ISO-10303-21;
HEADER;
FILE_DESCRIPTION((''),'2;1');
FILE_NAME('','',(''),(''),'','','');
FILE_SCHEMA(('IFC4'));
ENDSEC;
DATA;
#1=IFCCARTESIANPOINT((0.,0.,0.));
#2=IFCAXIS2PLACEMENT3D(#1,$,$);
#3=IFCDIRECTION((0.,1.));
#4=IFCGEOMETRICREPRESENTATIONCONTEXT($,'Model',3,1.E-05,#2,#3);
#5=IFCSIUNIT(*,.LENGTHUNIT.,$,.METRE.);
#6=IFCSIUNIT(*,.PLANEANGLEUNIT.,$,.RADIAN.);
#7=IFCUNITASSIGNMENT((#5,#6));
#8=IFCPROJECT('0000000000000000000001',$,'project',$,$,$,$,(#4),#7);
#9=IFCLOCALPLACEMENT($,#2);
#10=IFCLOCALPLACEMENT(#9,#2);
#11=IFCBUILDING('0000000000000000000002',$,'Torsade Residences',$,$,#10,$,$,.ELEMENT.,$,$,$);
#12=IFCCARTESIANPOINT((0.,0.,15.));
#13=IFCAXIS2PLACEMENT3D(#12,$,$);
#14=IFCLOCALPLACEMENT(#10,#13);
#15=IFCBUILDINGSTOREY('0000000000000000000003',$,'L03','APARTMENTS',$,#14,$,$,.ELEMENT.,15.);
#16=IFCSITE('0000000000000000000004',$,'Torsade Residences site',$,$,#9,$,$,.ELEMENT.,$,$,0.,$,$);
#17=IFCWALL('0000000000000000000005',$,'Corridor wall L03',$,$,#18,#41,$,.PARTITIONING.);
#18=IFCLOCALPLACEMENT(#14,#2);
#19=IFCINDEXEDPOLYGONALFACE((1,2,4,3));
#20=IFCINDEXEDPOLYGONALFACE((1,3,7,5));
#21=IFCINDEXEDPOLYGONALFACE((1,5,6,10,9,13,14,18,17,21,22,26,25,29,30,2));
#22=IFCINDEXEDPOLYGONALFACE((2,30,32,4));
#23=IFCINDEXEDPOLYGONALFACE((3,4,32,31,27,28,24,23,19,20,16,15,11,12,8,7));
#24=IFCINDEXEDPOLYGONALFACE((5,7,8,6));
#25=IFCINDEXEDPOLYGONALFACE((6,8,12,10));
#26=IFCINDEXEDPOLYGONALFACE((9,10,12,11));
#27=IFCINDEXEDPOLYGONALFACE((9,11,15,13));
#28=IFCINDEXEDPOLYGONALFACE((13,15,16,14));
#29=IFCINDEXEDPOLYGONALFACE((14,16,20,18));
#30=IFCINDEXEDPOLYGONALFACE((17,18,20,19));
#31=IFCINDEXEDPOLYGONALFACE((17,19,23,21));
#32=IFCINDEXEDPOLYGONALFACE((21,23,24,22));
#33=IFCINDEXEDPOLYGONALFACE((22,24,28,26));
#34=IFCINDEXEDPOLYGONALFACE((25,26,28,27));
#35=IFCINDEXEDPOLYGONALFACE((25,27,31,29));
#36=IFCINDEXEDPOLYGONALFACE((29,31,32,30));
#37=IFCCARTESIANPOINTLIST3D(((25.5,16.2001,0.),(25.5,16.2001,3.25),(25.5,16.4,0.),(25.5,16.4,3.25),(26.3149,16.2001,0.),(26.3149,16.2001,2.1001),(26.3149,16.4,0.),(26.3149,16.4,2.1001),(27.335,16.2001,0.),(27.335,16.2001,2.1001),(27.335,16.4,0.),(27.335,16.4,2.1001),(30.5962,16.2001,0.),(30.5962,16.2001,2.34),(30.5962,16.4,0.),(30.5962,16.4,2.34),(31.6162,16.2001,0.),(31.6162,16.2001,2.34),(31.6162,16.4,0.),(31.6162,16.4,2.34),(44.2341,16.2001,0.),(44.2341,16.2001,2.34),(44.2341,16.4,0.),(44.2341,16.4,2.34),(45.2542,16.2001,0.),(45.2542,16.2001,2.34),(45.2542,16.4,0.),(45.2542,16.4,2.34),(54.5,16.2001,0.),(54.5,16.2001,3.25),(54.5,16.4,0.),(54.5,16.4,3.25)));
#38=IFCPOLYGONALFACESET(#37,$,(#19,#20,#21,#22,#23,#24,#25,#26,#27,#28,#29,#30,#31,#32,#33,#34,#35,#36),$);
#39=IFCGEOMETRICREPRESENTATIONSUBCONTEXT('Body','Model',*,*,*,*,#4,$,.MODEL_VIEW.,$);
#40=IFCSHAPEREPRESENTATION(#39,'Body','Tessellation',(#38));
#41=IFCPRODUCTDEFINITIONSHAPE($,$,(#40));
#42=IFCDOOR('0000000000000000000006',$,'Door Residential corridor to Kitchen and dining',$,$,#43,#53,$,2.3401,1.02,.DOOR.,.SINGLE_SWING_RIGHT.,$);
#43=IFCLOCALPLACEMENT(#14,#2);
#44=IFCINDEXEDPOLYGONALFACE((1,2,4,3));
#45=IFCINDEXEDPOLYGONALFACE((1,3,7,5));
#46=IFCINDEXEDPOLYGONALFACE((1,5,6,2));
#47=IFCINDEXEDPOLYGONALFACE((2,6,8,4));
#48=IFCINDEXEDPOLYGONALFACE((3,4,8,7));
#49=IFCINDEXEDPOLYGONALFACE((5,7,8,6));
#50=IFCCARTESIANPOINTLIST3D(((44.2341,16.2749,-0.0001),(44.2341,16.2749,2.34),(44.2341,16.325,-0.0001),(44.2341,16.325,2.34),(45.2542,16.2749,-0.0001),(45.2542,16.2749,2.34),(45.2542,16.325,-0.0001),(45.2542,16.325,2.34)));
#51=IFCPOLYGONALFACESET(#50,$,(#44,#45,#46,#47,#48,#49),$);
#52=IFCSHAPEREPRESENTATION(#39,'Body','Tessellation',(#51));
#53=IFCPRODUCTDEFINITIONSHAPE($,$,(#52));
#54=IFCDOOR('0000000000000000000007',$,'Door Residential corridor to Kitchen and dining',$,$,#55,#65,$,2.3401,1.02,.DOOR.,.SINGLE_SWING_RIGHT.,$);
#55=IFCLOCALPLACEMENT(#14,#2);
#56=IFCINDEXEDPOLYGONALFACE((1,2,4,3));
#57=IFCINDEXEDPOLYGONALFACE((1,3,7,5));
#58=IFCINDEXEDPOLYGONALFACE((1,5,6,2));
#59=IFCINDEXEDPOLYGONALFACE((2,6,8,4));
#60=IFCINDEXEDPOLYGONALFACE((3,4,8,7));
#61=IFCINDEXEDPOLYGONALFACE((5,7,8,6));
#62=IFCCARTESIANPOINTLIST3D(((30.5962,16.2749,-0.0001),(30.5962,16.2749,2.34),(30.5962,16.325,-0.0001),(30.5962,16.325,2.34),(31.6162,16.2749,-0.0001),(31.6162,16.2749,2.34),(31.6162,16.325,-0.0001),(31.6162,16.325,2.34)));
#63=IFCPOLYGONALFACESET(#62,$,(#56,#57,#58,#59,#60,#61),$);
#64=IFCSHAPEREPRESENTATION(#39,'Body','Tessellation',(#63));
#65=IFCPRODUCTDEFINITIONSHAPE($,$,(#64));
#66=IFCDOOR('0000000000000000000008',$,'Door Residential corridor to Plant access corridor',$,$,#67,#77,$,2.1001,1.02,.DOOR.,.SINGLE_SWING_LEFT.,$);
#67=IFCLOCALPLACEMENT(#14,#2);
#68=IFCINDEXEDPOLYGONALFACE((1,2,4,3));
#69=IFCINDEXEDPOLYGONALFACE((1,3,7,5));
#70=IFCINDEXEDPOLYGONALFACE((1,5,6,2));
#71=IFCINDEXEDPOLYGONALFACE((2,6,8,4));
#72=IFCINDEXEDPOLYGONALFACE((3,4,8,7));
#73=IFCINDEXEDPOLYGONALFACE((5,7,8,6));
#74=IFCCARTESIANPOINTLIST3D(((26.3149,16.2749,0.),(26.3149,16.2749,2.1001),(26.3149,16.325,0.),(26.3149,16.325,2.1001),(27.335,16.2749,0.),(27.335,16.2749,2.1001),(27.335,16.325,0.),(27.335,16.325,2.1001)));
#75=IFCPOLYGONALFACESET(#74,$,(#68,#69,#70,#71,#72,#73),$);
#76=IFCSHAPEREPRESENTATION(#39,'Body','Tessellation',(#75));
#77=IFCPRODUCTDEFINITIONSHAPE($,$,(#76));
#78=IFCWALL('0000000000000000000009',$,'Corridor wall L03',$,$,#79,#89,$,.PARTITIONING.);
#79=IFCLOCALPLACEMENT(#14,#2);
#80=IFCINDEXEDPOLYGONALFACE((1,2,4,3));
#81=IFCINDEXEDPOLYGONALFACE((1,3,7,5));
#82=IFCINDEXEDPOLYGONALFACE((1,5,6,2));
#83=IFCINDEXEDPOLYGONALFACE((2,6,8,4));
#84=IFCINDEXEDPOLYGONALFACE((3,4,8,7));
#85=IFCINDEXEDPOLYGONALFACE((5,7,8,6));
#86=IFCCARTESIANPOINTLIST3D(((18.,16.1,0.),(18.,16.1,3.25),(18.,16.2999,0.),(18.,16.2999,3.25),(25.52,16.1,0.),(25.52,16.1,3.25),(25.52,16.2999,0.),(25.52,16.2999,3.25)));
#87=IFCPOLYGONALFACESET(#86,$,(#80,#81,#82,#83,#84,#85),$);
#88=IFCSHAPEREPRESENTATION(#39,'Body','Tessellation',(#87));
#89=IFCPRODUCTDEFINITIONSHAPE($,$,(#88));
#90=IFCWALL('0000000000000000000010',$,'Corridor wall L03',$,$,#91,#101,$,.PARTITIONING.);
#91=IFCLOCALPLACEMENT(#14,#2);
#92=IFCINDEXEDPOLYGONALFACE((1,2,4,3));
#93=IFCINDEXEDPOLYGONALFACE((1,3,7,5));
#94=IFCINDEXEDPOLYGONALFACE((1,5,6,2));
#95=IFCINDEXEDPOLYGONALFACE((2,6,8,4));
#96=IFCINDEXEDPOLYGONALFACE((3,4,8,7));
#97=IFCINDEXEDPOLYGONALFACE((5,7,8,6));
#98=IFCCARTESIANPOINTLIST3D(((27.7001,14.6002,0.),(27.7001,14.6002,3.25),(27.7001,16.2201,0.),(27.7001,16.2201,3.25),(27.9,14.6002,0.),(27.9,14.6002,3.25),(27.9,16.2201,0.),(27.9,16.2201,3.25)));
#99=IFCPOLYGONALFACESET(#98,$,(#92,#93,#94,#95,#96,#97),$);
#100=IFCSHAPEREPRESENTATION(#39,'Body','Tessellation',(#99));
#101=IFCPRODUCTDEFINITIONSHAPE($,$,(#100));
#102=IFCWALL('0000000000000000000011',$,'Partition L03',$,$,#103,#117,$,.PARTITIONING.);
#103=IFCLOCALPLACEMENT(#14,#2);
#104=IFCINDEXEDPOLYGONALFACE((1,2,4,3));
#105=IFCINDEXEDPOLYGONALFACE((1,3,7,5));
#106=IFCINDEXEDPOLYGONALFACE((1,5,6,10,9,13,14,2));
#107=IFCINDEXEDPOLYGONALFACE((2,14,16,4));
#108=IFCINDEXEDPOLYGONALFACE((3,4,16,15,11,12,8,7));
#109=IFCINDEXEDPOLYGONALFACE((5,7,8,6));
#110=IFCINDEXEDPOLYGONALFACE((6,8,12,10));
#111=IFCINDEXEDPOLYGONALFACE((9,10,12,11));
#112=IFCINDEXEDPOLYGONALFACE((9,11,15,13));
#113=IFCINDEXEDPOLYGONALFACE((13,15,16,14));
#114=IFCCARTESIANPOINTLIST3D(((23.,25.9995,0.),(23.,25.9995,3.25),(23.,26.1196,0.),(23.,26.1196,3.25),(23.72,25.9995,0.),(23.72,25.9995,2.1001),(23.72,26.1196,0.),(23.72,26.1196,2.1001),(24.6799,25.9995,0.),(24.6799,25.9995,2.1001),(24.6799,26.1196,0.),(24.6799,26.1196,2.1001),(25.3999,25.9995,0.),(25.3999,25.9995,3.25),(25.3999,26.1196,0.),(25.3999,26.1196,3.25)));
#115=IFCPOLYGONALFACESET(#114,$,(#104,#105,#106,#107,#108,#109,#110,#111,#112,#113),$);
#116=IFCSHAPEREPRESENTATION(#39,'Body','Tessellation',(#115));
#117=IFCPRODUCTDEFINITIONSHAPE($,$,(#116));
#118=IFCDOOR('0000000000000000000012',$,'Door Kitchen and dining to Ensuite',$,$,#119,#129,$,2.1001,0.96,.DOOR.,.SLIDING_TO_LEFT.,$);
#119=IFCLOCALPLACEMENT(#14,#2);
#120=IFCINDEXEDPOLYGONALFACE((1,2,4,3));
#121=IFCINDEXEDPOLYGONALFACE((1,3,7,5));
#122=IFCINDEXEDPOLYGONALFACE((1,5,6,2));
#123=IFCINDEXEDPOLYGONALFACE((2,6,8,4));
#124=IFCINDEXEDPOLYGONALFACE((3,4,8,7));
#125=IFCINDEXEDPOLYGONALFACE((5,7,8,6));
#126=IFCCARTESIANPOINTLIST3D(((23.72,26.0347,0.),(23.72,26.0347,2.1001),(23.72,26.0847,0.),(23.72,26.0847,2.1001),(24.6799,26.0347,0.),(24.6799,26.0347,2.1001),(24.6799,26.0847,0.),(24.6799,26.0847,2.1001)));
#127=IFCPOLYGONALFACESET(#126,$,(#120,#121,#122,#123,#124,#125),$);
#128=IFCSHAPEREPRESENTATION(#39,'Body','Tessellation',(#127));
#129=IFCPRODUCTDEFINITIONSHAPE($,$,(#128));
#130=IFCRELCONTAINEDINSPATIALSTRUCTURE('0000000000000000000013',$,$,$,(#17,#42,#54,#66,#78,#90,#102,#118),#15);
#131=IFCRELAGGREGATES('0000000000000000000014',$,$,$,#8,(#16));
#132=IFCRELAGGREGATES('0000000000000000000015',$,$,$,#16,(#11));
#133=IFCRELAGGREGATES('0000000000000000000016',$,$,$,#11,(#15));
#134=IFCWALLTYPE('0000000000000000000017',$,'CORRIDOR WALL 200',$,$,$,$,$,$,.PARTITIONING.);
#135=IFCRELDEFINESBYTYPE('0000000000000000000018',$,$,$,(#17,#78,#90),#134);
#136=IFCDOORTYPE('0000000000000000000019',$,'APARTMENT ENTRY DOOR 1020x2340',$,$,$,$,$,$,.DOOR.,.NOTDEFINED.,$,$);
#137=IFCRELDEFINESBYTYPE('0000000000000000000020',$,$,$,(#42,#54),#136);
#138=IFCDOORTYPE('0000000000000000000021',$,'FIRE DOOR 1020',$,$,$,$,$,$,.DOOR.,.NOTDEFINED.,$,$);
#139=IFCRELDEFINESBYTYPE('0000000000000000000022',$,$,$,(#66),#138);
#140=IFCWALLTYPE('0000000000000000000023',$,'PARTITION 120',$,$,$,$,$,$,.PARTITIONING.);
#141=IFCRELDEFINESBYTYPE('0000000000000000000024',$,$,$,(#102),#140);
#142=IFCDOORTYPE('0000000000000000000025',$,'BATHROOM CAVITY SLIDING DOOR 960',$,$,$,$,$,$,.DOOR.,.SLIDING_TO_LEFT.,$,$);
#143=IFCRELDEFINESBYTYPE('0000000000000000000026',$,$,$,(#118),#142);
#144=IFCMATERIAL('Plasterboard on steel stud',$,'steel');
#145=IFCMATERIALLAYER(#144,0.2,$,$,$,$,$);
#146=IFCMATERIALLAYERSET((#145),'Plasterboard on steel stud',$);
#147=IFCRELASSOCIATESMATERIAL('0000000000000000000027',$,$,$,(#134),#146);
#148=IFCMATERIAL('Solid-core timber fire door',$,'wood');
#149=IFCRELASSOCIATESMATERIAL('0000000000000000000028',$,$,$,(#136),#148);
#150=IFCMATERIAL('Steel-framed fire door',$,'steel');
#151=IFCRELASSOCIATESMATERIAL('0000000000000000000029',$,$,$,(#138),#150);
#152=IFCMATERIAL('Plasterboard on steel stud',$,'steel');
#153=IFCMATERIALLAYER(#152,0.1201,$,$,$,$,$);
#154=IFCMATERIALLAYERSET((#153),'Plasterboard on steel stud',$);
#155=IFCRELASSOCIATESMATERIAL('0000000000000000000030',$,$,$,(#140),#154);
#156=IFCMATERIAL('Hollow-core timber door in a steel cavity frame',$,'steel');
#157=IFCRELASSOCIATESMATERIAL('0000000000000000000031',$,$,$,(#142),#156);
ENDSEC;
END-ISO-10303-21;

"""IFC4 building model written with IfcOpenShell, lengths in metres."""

from ifc_helpers import new_model, si_unit, direction, frame, frame_2d, origin, place, context, subcontext, project, spatial, rectangle, extrude, material, layer, layer_set, type_object, element, fill, save


model = new_model("IFC4")

# Units and contexts
model_context = context("Model", 3, precision=1e-05, world=origin(), true_north=direction((0.0, 1.0)))
body_context = subcontext(model_context, "Body", "Model", "MODEL_VIEW")
ifc_project = project(units=[si_unit("LENGTHUNIT", "METRE"), si_unit("PLANEANGLEUNIT", "RADIAN")], contexts=[model_context])

# Site, building, storey
site_placement = place(None, origin())
site = spatial("IfcSite", under=ifc_project, at=site_placement, Name="Torsade Residences site", CompositionType="ELEMENT", RefElevation=0.0)
building_placement = place(site_placement, origin())
building = spatial("IfcBuilding", under=site, at=building_placement, Name="Torsade Residences", CompositionType="ELEMENT")
storey_placement = place(building_placement, frame((0.0, 0.0, 15.0)))
storey = spatial("IfcBuildingStorey", under=building, at=storey_placement, Name="L03", Description="APARTMENTS", CompositionType="ELEMENT", Elevation=15.0)

# Wall, openings, doors
ifc_material_1 = material(Name="Plasterboard on steel stud", Category="steel")
ifc_layer_1 = layer(ifc_material_1, 0.2)
ifc_layer_set_1 = layer_set([ifc_layer_1], Name="Plasterboard on steel stud")
wall_type_1 = type_object("IfcWallType", Name="CORRIDOR WALL 200", PredefinedType="PARTITIONING", material=ifc_layer_set_1)
wall_1_placement = place(storey_placement, frame((25.5, 16.3, 0.0), z_axis=(0.0, 0.0, 1.0), x_axis=(1.0, 0.0, 0.0)))
wall_1 = element("IfcWall", 1, at=wall_1_placement, inside=storey, type_object=wall_type_1, Name="Corridor wall L03", PredefinedType="PARTITIONING", context=body_context, shape_type="SweptSolid", body=[
    extrude(rectangle(XDim=29.0, YDim=0.2, at=frame_2d((14.5, 0.0))), origin(), (0.0, 0.0, 1.0), 3.25),
])
opening_1_placement = place(wall_1_placement, frame((18.7341, 0.0, 0.0)))
opening_1 = element("IfcOpeningElement", 2, at=opening_1_placement, cuts=wall_1, PredefinedType="OPENING", context=body_context, shape_type="SweptSolid", body=[
    extrude(rectangle(XDim=1.02, YDim=2.3401, at=frame_2d((0.51, 1.1699))), frame((0.0, 0.1099, 0.0), z_axis=(0.0, -1.0, 0.0), x_axis=(1.0, 0.0, 0.0)), (0.0, 0.0, 1.0), 0.22),
])
opening_2_placement = place(wall_1_placement, frame((5.0962, 0.0, 0.0)))
opening_2 = element("IfcOpeningElement", 3, at=opening_2_placement, cuts=wall_1, PredefinedType="OPENING", context=body_context, shape_type="SweptSolid", body=[
    extrude(rectangle(XDim=1.02, YDim=2.3401, at=frame_2d((0.51, 1.1699))), frame((0.0, 0.1099, 0.0), z_axis=(0.0, -1.0, 0.0), x_axis=(1.0, 0.0, 0.0)), (0.0, 0.0, 1.0), 0.22),
])
opening_3_placement = place(wall_1_placement, frame((0.8149, 0.0, 0.0)))
opening_3 = element("IfcOpeningElement", 4, at=opening_3_placement, cuts=wall_1, PredefinedType="OPENING", context=body_context, shape_type="SweptSolid", body=[
    extrude(rectangle(XDim=1.02, YDim=2.1001, at=frame_2d((0.51, 1.05))), frame((0.0, 0.1099, 0.0), z_axis=(0.0, -1.0, 0.0), x_axis=(1.0, 0.0, 0.0)), (0.0, 0.0, 1.0), 0.22),
])
ifc_material_2 = material(Name="Solid-core timber fire door", Category="wood")
door_type_1 = type_object("IfcDoorType", Name="APARTMENT ENTRY DOOR 1020x2340", OperationType="NOTDEFINED", PredefinedType="DOOR", material=ifc_material_2)
door_1_placement = place(opening_1_placement, origin())
door_1 = element("IfcDoor", 5, at=door_1_placement, inside=storey, type_object=door_type_1, Name="Door Residential corridor to Kitchen and dining", OperationType="SINGLE_SWING_RIGHT", OverallHeight=2.3401, OverallWidth=1.02, PredefinedType="DOOR", context=body_context, shape_type="SweptSolid", body=[
    extrude(rectangle(XDim=1.02, YDim=2.3401, at=frame_2d((0.51, 1.1699))), frame((0.0, 0.0249, 0.0), z_axis=(0.0, -1.0, 0.0), x_axis=(1.0, 0.0, 0.0)), (0.0, 0.0, 1.0), 0.05),
])
fill(opening_1, door_1)
door_2_placement = place(opening_2_placement, origin())
door_2 = element("IfcDoor", 6, at=door_2_placement, inside=storey, type_object=door_type_1, Name="Door Residential corridor to Kitchen and dining", OperationType="SINGLE_SWING_RIGHT", OverallHeight=2.3401, OverallWidth=1.02, PredefinedType="DOOR", context=body_context, shape_type="SweptSolid", body=[
    extrude(rectangle(XDim=1.02, YDim=2.3401, at=frame_2d((0.51, 1.1699))), frame((0.0, 0.0249, 0.0), z_axis=(0.0, -1.0, 0.0), x_axis=(1.0, 0.0, 0.0)), (0.0, 0.0, 1.0), 0.05),
])
fill(opening_2, door_2)
ifc_material_3 = material(Name="Steel-framed fire door", Category="steel")
door_type_2 = type_object("IfcDoorType", Name="FIRE DOOR 1020", OperationType="NOTDEFINED", PredefinedType="DOOR", material=ifc_material_3)
door_3_placement = place(opening_3_placement, origin())
door_3 = element("IfcDoor", 7, at=door_3_placement, inside=storey, type_object=door_type_2, Name="Door Residential corridor to Plant access corridor", OperationType="SINGLE_SWING_LEFT", OverallHeight=2.1001, OverallWidth=1.02, PredefinedType="DOOR", context=body_context, shape_type="SweptSolid", body=[
    extrude(rectangle(XDim=1.02, YDim=2.1001, at=frame_2d((0.51, 1.05))), frame((0.0, 0.0249, 0.0), z_axis=(0.0, -1.0, 0.0), x_axis=(1.0, 0.0, 0.0)), (0.0, 0.0, 1.0), 0.05),
])
fill(opening_3, door_3)

# Walls
wall_2_placement = place(storey_placement, frame((25.52, 16.2, 0.0), z_axis=(0.0, 0.0, 1.0), x_axis=(-1.0, 0.0, 0.0)))
element("IfcWall", 8, at=wall_2_placement, inside=storey, type_object=wall_type_1, Name="Corridor wall L03", PredefinedType="PARTITIONING", context=body_context, shape_type="SweptSolid", body=[
    extrude(rectangle(XDim=7.52, YDim=0.2, at=frame_2d((3.76, 0.0))), origin(), (0.0, 0.0, 1.0), 3.25),
])
wall_3_placement = place(storey_placement, frame((27.8, 14.6001, 0.0), z_axis=(0.0, 0.0, 1.0), x_axis=(0.0, 1.0, 0.0)))
element("IfcWall", 9, at=wall_3_placement, inside=storey, type_object=wall_type_1, Name="Corridor wall L03", PredefinedType="PARTITIONING", context=body_context, shape_type="SweptSolid", body=[
    extrude(rectangle(XDim=1.6199, YDim=0.2, at=frame_2d((0.8101, 0.0))), origin(), (0.0, 0.0, 1.0), 3.25),
])

# Wall, opening, door
ifc_material_4 = material(Name="Plasterboard on steel stud", Category="steel")
ifc_layer_2 = layer(ifc_material_4, 0.1201)
ifc_layer_set_2 = layer_set([ifc_layer_2], Name="Plasterboard on steel stud")
wall_type_2 = type_object("IfcWallType", Name="PARTITION 120", PredefinedType="PARTITIONING", material=ifc_layer_set_2)
wall_4_placement = place(storey_placement, frame((25.3999, 26.0596, 0.0), z_axis=(0.0, 0.0, 1.0), x_axis=(-1.0, 0.0, 0.0)))
wall_4 = element("IfcWall", 10, at=wall_4_placement, inside=storey, type_object=wall_type_2, Name="Partition L03", PredefinedType="PARTITIONING", context=body_context, shape_type="SweptSolid", body=[
    extrude(rectangle(XDim=2.3999, YDim=0.1201, at=frame_2d((1.2, 0.0))), origin(), (0.0, 0.0, 1.0), 3.25),
])
opening_4_placement = place(wall_4_placement, frame((0.72, 0.0, 0.0)))
opening_4 = element("IfcOpeningElement", 11, at=opening_4_placement, cuts=wall_4, PredefinedType="OPENING", context=body_context, shape_type="SweptSolid", body=[
    extrude(rectangle(XDim=0.96, YDim=2.1001, at=frame_2d((0.48, 1.05))), frame((0.0, 0.0701, 0.0), z_axis=(0.0, -1.0, 0.0), x_axis=(1.0, 0.0, 0.0)), (0.0, 0.0, 1.0), 0.1401),
])
ifc_material_5 = material(Name="Hollow-core timber door in a steel cavity frame", Category="steel")
door_type_3 = type_object("IfcDoorType", Name="BATHROOM CAVITY SLIDING DOOR 960", OperationType="SLIDING_TO_LEFT", PredefinedType="DOOR", material=ifc_material_5)
door_4_placement = place(opening_4_placement, origin())
door_4 = element("IfcDoor", 12, at=door_4_placement, inside=storey, type_object=door_type_3, Name="Door Kitchen and dining to Ensuite", OperationType="SLIDING_TO_LEFT", OverallHeight=2.1001, OverallWidth=0.96, PredefinedType="DOOR", context=body_context, shape_type="SweptSolid", body=[
    extrude(rectangle(XDim=0.96, YDim=2.1001, at=frame_2d((0.48, 1.05))), frame((0.0, 0.0249, 0.0), z_axis=(0.0, -1.0, 0.0), x_axis=(1.0, 0.0, 0.0)), (0.0, 0.0, 1.0), 0.05),
])
fill(opening_4, door_4)

save(model, "model.ifc")
